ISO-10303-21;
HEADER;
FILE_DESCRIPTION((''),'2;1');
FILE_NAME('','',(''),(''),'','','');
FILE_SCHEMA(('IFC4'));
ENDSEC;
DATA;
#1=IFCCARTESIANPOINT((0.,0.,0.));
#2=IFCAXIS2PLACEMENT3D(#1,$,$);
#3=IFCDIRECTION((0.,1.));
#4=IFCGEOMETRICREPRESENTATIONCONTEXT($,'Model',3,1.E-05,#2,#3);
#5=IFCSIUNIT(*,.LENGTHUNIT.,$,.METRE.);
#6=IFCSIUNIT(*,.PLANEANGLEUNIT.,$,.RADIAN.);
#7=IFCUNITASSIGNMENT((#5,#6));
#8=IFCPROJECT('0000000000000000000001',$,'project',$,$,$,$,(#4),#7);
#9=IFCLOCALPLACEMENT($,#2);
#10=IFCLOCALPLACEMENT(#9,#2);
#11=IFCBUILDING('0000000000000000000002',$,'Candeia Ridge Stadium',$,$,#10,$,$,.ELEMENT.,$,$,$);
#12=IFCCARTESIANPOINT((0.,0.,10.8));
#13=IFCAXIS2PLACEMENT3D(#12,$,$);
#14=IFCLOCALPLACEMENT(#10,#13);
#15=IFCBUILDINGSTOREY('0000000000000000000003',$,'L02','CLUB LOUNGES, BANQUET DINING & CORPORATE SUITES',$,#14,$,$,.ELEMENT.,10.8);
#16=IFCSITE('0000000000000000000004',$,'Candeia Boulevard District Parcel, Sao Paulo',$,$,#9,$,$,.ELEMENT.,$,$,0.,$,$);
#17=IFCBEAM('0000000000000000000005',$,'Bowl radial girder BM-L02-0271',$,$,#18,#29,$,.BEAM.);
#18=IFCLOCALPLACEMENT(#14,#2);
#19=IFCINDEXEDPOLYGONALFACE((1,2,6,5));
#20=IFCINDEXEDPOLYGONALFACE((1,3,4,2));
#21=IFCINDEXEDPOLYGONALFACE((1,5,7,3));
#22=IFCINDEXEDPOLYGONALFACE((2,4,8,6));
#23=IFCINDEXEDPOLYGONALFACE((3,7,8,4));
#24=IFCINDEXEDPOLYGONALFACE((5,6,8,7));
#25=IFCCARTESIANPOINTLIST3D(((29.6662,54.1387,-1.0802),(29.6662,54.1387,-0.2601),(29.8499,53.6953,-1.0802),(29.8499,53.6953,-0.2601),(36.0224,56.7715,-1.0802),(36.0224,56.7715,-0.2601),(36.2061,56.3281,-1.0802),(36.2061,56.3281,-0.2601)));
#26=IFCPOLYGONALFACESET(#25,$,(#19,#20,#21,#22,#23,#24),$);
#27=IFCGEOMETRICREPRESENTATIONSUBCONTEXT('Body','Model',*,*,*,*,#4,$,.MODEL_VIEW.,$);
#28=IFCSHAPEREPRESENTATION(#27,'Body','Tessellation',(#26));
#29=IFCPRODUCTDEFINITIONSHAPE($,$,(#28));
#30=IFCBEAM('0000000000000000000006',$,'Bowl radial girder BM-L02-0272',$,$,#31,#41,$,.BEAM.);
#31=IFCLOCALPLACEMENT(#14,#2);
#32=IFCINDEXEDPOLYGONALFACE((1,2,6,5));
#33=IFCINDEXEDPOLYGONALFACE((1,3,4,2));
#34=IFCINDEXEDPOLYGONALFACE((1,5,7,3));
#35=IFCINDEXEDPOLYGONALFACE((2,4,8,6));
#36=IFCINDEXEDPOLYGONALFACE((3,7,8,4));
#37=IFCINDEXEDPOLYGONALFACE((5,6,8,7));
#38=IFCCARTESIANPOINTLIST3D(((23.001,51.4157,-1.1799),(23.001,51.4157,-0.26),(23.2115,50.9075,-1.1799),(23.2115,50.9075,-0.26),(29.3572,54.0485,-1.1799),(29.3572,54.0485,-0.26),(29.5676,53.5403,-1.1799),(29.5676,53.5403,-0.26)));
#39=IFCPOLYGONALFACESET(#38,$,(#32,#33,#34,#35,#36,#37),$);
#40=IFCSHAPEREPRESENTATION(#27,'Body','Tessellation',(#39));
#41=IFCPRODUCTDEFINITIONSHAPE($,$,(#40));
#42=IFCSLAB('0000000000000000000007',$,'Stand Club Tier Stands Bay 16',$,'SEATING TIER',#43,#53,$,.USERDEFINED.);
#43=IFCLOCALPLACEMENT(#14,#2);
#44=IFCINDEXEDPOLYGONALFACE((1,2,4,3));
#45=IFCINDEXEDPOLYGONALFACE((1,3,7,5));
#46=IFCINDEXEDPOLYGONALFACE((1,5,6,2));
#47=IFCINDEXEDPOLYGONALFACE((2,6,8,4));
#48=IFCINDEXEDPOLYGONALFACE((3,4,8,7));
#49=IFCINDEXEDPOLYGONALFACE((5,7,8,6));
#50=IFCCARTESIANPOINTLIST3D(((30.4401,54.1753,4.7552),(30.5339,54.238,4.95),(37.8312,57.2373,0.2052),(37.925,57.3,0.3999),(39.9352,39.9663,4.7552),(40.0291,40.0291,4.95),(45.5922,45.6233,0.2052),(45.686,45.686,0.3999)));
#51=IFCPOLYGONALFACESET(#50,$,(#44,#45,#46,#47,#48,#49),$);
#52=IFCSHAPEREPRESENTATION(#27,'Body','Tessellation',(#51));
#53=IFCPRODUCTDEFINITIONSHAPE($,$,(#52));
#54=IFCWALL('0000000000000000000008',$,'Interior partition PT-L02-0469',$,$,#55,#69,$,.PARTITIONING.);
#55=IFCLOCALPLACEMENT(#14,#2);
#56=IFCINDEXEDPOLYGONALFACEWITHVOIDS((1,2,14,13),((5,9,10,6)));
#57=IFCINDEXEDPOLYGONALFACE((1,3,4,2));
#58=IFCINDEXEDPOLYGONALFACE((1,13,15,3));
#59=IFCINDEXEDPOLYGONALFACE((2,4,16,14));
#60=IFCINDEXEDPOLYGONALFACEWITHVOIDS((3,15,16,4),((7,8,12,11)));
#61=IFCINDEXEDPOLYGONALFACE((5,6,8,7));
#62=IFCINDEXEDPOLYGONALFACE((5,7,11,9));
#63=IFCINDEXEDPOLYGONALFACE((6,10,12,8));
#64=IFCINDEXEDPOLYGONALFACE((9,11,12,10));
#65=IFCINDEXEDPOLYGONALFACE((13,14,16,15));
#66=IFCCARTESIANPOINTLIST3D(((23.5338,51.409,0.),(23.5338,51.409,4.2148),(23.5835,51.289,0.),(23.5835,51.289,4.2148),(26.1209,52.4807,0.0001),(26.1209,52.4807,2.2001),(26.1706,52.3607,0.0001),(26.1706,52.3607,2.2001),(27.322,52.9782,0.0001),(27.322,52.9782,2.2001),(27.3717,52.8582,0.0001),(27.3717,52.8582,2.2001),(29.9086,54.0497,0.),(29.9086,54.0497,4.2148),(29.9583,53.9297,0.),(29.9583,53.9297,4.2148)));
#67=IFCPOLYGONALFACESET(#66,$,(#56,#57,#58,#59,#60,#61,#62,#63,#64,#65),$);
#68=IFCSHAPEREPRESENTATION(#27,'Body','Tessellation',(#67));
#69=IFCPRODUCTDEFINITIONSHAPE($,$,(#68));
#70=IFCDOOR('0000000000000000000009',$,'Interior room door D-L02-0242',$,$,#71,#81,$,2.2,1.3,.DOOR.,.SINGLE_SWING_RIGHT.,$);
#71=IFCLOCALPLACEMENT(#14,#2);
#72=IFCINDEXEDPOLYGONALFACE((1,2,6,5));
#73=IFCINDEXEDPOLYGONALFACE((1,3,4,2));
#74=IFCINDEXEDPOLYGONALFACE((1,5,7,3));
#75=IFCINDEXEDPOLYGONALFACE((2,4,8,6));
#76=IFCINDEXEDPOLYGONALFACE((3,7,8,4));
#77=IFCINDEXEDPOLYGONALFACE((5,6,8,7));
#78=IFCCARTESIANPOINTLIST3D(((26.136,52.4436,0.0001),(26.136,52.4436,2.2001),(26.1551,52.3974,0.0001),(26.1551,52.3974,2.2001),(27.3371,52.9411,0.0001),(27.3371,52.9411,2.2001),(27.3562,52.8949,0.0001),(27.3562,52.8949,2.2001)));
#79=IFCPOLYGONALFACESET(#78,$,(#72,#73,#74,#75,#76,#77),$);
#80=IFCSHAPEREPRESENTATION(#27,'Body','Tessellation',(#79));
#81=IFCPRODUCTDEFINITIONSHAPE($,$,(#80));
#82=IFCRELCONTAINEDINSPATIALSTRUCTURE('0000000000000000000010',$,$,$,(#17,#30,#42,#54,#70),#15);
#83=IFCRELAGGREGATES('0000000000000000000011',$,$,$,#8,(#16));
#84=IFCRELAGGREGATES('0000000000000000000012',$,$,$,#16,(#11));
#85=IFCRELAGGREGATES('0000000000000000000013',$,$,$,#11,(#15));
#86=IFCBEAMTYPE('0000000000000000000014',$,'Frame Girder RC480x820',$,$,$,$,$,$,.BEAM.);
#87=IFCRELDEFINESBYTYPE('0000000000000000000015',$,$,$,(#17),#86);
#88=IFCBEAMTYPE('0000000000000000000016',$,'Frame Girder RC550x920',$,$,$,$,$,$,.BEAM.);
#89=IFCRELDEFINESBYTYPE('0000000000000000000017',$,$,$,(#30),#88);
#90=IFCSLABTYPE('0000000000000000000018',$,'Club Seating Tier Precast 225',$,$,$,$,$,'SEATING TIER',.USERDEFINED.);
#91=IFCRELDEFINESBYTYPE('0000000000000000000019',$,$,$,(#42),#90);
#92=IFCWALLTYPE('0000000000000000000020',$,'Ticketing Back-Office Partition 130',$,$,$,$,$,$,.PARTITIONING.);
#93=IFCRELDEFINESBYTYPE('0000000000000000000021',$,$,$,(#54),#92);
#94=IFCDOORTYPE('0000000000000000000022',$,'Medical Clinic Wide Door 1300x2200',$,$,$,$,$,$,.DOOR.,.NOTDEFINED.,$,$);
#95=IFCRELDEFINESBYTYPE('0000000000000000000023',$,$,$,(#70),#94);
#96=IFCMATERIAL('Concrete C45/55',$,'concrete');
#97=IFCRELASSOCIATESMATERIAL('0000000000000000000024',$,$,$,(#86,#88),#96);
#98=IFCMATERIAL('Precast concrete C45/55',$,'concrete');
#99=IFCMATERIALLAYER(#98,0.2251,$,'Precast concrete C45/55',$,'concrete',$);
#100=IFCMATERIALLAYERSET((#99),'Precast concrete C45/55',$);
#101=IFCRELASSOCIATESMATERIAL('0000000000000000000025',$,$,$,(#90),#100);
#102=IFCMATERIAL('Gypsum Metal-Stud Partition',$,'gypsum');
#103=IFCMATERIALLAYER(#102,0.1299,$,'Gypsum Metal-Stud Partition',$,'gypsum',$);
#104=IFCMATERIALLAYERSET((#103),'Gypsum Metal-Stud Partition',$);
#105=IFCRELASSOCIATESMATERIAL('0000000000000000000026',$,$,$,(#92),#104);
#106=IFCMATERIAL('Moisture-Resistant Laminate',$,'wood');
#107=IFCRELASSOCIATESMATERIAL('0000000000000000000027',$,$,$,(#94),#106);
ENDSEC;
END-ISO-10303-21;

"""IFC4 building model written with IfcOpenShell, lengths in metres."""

from ifc_helpers import new_model, si_unit, direction, frame, frame_2d, origin, origin_2d, place, context, subcontext, project, spatial, polyline, rectangle, outline, extrude, material, layer, layer_set, material_profile, profile_set, type_object, element, fill, save


model = new_model("IFC4")

# Units and contexts
model_context = context("Model", 3, precision=1e-05, world=origin(), true_north=direction((0.0, 1.0)))
body_context = subcontext(model_context, "Body", "Model", "MODEL_VIEW")
ifc_project = project(units=[si_unit("LENGTHUNIT", "METRE"), si_unit("PLANEANGLEUNIT", "RADIAN")], contexts=[model_context])

# Site, building, storey
site_placement = place(None, origin())
site = spatial("IfcSite", under=ifc_project, at=site_placement, Name="Candeia Boulevard District Parcel, Sao Paulo", CompositionType="ELEMENT", RefElevation=0.0)
building_placement = place(site_placement, origin())
building = spatial("IfcBuilding", under=site, at=building_placement, Name="Candeia Ridge Stadium", CompositionType="ELEMENT")
storey_placement = place(building_placement, frame((0.0, 0.0, 10.8)))
storey = spatial("IfcBuildingStorey", under=building, at=storey_placement, Name="L02", Description="CLUB LOUNGES, BANQUET DINING & CORPORATE SUITES", CompositionType="ELEMENT", Elevation=10.8)

# Shared definitions
ifc_material_1 = material(Name="Concrete C45/55", Category="concrete")

# Beams
ifc_material_profile_1 = material_profile(ifc_material_1, rectangle(XDim=0.48, YDim=0.8201, at=origin_2d()), Name="RC480x820", Category="concrete")
ifc_profile_set_1 = profile_set([ifc_material_profile_1], Name="Concrete C45/55")
beam_type_1 = type_object("IfcBeamType", Name="Frame Girder RC480x820", PredefinedType="BEAM", material=ifc_profile_set_1)
beam_1_placement = place(storey_placement, frame((36.1143, 56.5498, -0.6702), z_axis=(-0.92388, -0.382682, 0.0), x_axis=(0.382682, -0.92388, 0.0)))
element("IfcBeam", 1, at=beam_1_placement, inside=storey, type_object=beam_type_1, Name="Bowl radial girder BM-L02-0271", PredefinedType="BEAM", context=body_context, shape_type="SweptSolid", body=[
    extrude(rectangle(XDim=0.48, YDim=0.8201, at=origin_2d()), origin(), (0.0, 0.0, 1.0), 6.8799),
])
ifc_material_profile_2 = material_profile(ifc_material_1, rectangle(XDim=0.55, YDim=0.9199, at=origin_2d()), Name="RC550x920", Category="concrete")
ifc_profile_set_2 = profile_set([ifc_material_profile_2], Name="Concrete C45/55")
beam_type_2 = type_object("IfcBeamType", Name="Frame Girder RC550x920", PredefinedType="BEAM", material=ifc_profile_set_2)
beam_2_placement = place(storey_placement, frame((29.4624, 53.7944, -0.72), z_axis=(-0.92388, -0.382682, 0.0), x_axis=(0.382682, -0.92388, 0.0)))
element("IfcBeam", 2, at=beam_2_placement, inside=storey, type_object=beam_type_2, Name="Bowl radial girder BM-L02-0272", PredefinedType="BEAM", context=body_context, shape_type="SweptSolid", body=[
    extrude(rectangle(XDim=0.55, YDim=0.9199, at=origin_2d()), origin(), (0.0, 0.0, 1.0), 6.8799),
])

# Slab
ifc_material_2 = material(Name="Precast concrete C45/55", Category="concrete")
ifc_layer_1 = layer(ifc_material_2, 0.2251, Name="Precast concrete C45/55", Category="concrete")
ifc_layer_set_1 = layer_set([ifc_layer_1], Name="Precast concrete C45/55")
slab_type = type_object("IfcSlabType", Name="Club Seating Tier Precast 225", ElementType="SEATING TIER", PredefinedType="USERDEFINED", material=ifc_layer_set_1)
slab_placement = place(storey_placement, frame((37.925, 57.3, 0.3999), z_axis=(0.417085, 0.278715, 0.865077), x_axis=(0.555608, -0.831445, 0.000001)))
element("IfcSlab", 3, at=slab_placement, inside=storey, type_object=slab_type, Name="Stand Club Tier Stands Bay 16", ObjectType="SEATING TIER", PredefinedType="USERDEFINED", context=body_context, shape_type="SweptSolid", body=[
    extrude(outline(polyline([(0.0, 0.0), (13.9685, 0.0), (15.5289, -9.0703), (-1.5607, -9.0704), (0.0, 0.0)])), origin(), (0.0, 0.0, -1.0), 0.2251),
])

# Wall, opening, door
ifc_material_3 = material(Name="Gypsum Metal-Stud Partition", Category="gypsum")
ifc_layer_2 = layer(ifc_material_3, 0.1299, Name="Gypsum Metal-Stud Partition", Category="gypsum")
ifc_layer_set_2 = layer_set([ifc_layer_2], Name="Gypsum Metal-Stud Partition")
wall_type = type_object("IfcWallType", Name="Ticketing Back-Office Partition 130", PredefinedType="PARTITIONING", material=ifc_layer_set_2)
wall_placement = place(storey_placement, frame((29.9336, 53.9897, 0.0), z_axis=(0.0, 0.0, 1.0), x_axis=(-0.923874, -0.382698, 0.0)))
wall = element("IfcWall", 4, at=wall_placement, inside=storey, type_object=wall_type, Name="Interior partition PT-L02-0469", PredefinedType="PARTITIONING", context=body_context, shape_type="SweptSolid", body=[
    extrude(rectangle(XDim=6.9001, YDim=0.1299, at=frame_2d((3.4502, 0.0))), origin(), (0.0, 0.0, 1.0), 4.2148),
])
opening_placement = place(wall_placement, frame((2.8, 0.0, 0.0)))
opening = element("IfcOpeningElement", 5, at=opening_placement, cuts=wall, PredefinedType="OPENING", context=body_context, shape_type="SweptSolid", body=[
    extrude(rectangle(XDim=1.3, YDim=2.2, at=frame_2d((0.6499, 1.1001))), frame((0.0, 0.075, 0.0), z_axis=(0.0, -1.0, 0.0), x_axis=(1.0, 0.0, 0.0)), (0.0, 0.0, 1.0), 0.1499),
])
ifc_material_4 = material(Name="Moisture-Resistant Laminate", Category="wood")
door_type = type_object("IfcDoorType", Name="Medical Clinic Wide Door 1300x2200", OperationType="NOTDEFINED", PredefinedType="DOOR", material=ifc_material_4)
door_placement = place(opening_placement, frame((1.3, 0.0, 0.0), z_axis=(0.0, 0.0, 1.0), x_axis=(-1.0, 0.0, 0.0)))
door = element("IfcDoor", 6, at=door_placement, inside=storey, type_object=door_type, Name="Interior room door D-L02-0242", OperationType="SINGLE_SWING_RIGHT", OverallHeight=2.2, OverallWidth=1.3, PredefinedType="DOOR", context=body_context, shape_type="SweptSolid", body=[
    extrude(rectangle(XDim=1.3, YDim=2.2, at=frame_2d((0.6499, 1.1001))), frame((0.0, 0.0249, 0.0), z_axis=(0.0, -1.0, 0.0), x_axis=(1.0, 0.0, 0.0)), (0.0, 0.0, 1.0), 0.05),
])
fill(opening, door)

save(model, "model.ifc")
